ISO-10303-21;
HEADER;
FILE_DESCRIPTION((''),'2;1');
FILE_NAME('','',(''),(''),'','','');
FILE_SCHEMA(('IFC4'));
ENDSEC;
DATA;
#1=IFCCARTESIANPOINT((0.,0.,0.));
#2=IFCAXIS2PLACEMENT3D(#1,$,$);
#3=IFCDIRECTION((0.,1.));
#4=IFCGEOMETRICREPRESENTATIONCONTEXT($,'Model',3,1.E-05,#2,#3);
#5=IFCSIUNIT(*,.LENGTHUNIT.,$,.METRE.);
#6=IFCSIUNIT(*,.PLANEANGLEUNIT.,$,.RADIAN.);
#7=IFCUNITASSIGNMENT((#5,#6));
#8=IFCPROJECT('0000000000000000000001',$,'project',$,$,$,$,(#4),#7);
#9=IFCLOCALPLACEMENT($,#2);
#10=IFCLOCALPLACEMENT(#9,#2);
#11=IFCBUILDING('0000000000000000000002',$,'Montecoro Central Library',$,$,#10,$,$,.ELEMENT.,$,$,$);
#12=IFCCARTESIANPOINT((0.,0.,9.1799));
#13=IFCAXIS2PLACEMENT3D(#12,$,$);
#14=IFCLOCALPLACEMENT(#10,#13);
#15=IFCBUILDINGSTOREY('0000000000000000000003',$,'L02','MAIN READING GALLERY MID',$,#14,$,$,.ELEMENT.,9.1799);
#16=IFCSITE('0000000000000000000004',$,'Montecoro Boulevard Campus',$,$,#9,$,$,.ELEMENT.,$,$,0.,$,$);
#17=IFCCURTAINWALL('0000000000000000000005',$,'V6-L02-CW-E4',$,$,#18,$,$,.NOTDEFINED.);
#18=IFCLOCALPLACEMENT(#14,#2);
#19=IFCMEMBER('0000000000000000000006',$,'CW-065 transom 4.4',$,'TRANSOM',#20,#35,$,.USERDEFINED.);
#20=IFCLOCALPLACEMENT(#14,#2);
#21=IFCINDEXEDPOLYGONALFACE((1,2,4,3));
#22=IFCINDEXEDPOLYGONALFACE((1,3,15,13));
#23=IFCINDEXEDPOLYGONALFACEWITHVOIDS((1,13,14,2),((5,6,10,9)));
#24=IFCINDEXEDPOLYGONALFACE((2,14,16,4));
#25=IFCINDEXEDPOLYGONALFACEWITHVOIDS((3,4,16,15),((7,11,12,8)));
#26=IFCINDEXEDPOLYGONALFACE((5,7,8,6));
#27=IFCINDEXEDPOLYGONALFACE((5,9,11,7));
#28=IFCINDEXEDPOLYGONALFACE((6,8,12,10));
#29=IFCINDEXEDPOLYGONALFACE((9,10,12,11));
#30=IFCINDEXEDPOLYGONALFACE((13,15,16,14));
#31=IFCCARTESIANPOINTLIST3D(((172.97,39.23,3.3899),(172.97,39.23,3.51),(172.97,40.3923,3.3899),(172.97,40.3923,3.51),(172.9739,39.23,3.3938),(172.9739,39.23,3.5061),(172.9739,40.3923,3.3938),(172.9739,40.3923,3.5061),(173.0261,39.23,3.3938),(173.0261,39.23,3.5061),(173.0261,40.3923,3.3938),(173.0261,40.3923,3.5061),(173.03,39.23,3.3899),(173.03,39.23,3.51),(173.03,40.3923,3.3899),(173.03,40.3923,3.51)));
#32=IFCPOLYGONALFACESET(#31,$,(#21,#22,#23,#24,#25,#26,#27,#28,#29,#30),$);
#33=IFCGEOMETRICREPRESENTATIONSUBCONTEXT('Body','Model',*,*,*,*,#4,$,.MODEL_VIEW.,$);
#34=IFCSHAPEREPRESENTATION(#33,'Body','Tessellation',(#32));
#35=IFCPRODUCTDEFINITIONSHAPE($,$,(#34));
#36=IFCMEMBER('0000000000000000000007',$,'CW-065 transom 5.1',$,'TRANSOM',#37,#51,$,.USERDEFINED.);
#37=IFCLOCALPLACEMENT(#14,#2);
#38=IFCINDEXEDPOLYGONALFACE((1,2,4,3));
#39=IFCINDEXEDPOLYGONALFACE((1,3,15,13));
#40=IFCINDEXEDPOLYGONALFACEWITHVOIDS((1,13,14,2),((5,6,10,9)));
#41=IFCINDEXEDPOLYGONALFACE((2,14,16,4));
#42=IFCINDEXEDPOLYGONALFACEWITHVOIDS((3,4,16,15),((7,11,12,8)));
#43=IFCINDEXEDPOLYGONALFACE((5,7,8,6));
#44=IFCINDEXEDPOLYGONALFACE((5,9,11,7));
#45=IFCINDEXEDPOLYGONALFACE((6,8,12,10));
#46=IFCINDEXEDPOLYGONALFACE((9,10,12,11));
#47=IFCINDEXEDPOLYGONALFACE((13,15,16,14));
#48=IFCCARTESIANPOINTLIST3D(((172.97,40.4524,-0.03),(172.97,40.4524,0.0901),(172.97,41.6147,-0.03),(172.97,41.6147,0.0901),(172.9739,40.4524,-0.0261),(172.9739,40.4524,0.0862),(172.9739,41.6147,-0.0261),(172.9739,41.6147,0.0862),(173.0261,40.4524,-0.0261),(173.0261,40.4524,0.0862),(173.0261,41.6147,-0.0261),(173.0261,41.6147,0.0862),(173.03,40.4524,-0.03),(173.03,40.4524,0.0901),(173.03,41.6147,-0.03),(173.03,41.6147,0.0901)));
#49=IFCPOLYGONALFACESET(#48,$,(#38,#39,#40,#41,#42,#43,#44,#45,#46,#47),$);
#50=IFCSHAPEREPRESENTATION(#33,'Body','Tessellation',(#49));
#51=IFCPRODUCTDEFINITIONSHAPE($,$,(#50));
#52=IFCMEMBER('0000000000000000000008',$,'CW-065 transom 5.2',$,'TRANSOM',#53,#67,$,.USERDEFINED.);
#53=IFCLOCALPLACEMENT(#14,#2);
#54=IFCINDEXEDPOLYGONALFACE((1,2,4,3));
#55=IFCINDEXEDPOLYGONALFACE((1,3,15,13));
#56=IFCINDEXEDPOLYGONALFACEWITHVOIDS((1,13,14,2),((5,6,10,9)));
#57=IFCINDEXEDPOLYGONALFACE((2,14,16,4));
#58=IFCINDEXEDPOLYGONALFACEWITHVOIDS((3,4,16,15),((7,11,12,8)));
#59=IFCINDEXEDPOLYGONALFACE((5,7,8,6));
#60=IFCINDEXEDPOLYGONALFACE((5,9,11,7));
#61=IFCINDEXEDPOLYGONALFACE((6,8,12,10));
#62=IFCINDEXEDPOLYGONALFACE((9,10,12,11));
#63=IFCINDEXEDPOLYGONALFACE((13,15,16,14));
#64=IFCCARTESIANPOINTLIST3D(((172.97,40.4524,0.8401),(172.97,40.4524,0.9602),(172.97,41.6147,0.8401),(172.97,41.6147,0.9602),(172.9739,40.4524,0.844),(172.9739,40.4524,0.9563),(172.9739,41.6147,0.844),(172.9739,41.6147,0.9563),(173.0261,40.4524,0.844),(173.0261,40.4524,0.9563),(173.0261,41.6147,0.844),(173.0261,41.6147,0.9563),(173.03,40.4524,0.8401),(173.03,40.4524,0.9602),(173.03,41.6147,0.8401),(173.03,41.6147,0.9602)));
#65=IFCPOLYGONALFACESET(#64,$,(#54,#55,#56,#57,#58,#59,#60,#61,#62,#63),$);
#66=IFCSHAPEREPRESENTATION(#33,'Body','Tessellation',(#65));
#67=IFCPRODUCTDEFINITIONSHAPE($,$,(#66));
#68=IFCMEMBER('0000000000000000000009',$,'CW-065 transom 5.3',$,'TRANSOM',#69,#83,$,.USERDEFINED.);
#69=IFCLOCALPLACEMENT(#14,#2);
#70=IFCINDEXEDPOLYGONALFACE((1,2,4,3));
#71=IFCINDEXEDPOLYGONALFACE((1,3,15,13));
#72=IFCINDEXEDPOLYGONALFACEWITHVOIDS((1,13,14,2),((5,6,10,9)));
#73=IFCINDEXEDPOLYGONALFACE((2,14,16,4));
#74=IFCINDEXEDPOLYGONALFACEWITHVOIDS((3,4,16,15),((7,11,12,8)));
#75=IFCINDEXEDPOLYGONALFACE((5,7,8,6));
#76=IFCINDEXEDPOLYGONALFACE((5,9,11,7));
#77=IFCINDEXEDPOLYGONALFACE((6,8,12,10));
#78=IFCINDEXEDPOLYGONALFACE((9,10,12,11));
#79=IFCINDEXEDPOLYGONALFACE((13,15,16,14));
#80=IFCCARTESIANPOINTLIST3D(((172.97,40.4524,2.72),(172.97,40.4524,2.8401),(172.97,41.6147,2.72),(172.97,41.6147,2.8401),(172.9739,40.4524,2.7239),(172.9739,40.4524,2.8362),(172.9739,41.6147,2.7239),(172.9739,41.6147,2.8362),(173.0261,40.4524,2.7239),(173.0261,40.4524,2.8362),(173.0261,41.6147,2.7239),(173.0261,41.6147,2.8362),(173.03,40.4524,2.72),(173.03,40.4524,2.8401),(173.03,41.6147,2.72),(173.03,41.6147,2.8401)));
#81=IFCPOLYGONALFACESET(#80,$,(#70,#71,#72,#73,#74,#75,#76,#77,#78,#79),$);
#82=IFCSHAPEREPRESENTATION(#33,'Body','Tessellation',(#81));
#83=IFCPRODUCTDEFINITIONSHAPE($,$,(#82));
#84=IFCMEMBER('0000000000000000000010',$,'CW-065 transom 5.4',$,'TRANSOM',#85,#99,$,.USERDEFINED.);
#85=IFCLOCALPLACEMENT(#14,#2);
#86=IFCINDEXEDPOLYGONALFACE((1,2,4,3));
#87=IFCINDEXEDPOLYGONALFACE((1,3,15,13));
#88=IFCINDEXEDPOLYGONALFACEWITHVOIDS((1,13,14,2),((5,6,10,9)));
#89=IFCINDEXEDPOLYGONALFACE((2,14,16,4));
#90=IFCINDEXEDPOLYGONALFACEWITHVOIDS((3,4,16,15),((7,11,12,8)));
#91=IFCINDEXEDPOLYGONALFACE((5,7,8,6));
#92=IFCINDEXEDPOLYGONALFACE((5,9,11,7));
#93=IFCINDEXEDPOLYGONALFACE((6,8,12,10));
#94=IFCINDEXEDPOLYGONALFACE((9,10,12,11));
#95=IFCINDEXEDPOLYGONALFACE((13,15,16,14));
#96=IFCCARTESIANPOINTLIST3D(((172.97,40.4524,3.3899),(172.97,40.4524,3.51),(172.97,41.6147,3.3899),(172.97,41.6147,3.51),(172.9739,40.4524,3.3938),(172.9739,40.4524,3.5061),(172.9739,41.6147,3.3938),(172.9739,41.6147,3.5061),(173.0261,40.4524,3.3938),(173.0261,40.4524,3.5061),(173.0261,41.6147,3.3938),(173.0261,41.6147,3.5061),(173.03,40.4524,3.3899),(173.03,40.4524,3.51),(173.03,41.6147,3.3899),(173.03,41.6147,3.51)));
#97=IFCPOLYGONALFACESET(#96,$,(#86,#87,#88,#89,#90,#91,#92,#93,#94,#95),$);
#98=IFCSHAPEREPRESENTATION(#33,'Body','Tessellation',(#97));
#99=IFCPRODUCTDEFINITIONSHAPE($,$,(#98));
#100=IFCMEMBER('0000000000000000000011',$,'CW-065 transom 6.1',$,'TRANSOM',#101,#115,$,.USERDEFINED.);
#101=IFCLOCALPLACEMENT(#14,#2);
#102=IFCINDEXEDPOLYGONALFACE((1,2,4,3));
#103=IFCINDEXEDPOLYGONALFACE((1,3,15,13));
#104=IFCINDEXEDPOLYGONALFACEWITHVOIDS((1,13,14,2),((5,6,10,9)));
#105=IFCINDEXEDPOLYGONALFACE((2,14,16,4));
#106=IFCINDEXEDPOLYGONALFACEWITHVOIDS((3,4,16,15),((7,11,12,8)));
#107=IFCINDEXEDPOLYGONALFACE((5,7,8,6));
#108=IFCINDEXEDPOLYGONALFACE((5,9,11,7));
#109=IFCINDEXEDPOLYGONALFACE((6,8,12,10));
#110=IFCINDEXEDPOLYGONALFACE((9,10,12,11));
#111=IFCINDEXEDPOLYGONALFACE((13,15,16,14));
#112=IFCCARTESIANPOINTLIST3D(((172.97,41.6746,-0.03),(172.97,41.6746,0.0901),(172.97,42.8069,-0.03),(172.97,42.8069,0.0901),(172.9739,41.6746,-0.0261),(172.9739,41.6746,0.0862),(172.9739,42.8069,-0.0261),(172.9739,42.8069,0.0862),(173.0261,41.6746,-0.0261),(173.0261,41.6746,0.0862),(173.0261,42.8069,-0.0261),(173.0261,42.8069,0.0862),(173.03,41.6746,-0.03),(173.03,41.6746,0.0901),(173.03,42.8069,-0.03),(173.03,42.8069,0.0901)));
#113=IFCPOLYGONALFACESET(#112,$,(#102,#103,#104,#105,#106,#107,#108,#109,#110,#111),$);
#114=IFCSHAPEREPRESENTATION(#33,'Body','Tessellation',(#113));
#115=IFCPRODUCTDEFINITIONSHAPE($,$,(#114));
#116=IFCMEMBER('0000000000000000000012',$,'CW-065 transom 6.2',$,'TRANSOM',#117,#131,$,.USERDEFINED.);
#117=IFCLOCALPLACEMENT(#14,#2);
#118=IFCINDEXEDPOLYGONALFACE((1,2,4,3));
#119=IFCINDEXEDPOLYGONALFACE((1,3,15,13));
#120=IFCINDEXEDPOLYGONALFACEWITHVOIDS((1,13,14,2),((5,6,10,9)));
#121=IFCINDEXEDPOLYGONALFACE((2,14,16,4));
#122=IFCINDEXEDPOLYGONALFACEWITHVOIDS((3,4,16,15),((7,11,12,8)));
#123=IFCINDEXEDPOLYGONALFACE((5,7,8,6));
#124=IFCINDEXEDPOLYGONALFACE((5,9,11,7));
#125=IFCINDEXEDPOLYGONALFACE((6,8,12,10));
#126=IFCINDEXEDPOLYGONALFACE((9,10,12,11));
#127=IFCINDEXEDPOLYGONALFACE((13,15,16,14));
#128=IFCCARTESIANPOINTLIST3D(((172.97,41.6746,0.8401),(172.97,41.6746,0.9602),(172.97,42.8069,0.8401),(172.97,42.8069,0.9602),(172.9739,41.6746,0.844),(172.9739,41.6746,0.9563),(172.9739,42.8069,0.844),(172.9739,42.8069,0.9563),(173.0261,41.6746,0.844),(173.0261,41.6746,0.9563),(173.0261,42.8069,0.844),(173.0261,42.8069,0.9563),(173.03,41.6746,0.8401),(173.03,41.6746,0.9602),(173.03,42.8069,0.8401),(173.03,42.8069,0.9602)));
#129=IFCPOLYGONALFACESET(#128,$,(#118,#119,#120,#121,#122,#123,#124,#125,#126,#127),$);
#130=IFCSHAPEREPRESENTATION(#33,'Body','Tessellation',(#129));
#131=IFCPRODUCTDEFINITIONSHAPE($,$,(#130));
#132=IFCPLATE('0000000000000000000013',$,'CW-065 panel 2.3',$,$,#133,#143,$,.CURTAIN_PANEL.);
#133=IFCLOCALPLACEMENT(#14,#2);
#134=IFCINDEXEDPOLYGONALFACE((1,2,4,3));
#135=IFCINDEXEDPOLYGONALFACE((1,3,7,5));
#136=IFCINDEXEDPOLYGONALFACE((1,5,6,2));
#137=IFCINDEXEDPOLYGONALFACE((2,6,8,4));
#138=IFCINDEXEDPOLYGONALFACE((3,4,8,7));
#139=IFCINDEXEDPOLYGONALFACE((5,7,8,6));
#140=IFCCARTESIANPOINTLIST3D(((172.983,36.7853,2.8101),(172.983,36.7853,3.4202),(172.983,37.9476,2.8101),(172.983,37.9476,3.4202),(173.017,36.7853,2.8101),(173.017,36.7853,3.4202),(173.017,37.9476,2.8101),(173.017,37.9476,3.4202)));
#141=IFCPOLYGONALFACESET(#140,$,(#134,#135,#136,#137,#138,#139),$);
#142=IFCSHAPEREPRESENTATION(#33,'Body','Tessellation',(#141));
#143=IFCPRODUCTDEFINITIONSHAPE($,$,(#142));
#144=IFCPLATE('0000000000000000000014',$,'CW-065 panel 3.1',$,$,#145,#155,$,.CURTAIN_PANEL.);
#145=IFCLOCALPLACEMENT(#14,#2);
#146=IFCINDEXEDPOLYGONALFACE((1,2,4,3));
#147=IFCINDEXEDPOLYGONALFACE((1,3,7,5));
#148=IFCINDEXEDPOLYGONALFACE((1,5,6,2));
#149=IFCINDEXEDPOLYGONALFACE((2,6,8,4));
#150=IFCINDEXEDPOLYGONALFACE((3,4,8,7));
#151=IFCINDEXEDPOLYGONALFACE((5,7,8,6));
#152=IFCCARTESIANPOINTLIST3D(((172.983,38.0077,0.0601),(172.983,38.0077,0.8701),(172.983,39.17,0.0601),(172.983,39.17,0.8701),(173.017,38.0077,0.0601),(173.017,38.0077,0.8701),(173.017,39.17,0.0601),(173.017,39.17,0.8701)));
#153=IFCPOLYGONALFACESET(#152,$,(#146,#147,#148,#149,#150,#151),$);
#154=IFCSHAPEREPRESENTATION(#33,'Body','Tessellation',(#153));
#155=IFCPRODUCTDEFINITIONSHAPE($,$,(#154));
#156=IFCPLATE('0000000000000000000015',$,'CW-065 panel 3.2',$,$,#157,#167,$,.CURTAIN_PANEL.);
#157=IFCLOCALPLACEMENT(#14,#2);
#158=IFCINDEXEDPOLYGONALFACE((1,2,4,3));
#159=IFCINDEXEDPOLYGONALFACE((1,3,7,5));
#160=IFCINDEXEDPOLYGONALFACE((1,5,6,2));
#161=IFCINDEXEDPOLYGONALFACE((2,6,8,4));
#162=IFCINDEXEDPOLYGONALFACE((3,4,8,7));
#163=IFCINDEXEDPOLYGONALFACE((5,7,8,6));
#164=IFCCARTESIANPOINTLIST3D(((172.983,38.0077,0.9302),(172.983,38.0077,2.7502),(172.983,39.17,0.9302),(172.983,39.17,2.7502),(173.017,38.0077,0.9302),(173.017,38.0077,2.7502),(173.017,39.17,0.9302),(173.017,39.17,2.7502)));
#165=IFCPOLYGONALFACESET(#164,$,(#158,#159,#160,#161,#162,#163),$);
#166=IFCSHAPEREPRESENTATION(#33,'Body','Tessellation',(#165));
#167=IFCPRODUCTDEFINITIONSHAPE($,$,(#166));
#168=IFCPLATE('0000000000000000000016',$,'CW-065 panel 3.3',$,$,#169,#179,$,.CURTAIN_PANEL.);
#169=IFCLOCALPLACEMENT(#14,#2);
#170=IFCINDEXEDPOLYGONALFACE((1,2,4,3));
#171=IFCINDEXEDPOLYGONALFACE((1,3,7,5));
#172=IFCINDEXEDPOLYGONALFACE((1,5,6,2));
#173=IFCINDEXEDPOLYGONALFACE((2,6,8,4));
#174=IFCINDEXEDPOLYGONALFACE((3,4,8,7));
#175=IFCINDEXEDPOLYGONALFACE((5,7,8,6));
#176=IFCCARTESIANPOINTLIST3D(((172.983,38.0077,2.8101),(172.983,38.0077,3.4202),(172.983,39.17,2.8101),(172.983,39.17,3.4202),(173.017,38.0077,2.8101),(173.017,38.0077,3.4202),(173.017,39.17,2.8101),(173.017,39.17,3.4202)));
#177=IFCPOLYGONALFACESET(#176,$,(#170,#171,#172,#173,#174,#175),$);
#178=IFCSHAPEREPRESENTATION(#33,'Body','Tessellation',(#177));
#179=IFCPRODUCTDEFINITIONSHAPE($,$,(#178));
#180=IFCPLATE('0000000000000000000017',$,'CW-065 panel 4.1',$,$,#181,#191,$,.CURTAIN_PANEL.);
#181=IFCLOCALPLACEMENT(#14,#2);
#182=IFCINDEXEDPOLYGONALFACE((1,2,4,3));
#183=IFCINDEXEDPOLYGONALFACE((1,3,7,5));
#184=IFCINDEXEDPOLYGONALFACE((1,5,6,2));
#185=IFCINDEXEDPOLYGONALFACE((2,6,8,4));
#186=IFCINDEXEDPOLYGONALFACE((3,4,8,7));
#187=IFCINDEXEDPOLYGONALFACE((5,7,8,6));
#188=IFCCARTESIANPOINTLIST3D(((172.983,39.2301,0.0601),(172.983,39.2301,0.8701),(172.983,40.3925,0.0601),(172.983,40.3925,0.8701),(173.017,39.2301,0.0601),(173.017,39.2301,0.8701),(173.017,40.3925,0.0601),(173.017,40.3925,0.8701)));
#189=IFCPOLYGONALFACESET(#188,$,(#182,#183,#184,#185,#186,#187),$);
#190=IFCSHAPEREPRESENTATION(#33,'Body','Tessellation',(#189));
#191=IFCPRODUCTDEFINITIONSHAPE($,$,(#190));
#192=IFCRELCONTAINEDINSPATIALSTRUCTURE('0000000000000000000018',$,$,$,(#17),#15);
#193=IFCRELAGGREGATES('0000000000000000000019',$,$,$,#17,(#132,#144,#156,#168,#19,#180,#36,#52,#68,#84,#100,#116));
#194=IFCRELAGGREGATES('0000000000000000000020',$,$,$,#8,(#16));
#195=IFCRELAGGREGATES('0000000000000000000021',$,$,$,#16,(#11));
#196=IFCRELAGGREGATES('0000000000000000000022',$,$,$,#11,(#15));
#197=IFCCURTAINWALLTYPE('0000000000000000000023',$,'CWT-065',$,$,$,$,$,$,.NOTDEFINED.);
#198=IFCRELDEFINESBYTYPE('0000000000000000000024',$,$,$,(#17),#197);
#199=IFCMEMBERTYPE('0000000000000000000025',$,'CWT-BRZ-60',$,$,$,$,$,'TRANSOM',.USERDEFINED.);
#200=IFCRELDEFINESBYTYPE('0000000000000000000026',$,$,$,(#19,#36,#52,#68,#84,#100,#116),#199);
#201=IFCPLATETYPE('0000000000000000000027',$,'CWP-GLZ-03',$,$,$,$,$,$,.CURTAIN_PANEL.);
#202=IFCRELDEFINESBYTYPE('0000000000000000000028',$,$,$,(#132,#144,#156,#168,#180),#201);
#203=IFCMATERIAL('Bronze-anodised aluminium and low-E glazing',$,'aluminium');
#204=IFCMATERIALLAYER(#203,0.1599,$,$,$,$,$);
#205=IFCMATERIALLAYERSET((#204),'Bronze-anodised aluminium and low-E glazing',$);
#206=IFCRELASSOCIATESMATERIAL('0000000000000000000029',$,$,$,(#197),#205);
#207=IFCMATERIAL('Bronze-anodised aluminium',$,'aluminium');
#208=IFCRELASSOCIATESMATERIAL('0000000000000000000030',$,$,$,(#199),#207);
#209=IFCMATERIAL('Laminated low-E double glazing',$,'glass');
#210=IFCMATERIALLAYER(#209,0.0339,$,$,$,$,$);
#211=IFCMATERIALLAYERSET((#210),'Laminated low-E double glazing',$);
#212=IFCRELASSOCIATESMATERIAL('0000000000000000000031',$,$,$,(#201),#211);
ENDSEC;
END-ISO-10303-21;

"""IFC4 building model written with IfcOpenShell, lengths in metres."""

from ifc_helpers import new_model, si_unit, direction, frame, origin, origin_2d, place, context, subcontext, project, spatial, rectangle, hollow_rectangle, extrude, material, layer, layer_set, material_profile, profile_set, type_object, element, aggregate, save


model = new_model("IFC4")

# Units and contexts
model_context = context("Model", 3, precision=1e-05, world=origin(), true_north=direction((0.0, 1.0)))
body_context = subcontext(model_context, "Body", "Model", "MODEL_VIEW")
ifc_project = project(units=[si_unit("LENGTHUNIT", "METRE"), si_unit("PLANEANGLEUNIT", "RADIAN")], contexts=[model_context])

# Site, building, storey
site_placement = place(None, origin())
site = spatial("IfcSite", under=ifc_project, at=site_placement, Name="Montecoro Boulevard Campus", CompositionType="ELEMENT", RefElevation=0.0)
building_placement = place(site_placement, origin())
building = spatial("IfcBuilding", under=site, at=building_placement, Name="Montecoro Central Library", CompositionType="ELEMENT")
storey_placement = place(building_placement, frame((0.0, 0.0, 9.1799)))
storey = spatial("IfcBuildingStorey", under=building, at=storey_placement, Name="L02", Description="MAIN READING GALLERY MID", CompositionType="ELEMENT", Elevation=9.1799)

# Curtain wall, members, plates
ifc_material_1 = material(Name="Bronze-anodised aluminium and low-E glazing", Category="aluminium")
ifc_layer_1 = layer(ifc_material_1, 0.1599)
ifc_layer_set_1 = layer_set([ifc_layer_1], Name="Bronze-anodised aluminium and low-E glazing")
curtain_wall_type = type_object("IfcCurtainWallType", Name="CWT-065", PredefinedType="NOTDEFINED", material=ifc_layer_set_1)
curtain_wall_placement = place(storey_placement, origin())
curtain_wall = element("IfcCurtainWall", 1, at=curtain_wall_placement, inside=storey, type_object=curtain_wall_type, Name="V6-L02-CW-E4", PredefinedType="NOTDEFINED")
ifc_material_2 = material(Name="Bronze-anodised aluminium", Category="aluminium")
ifc_material_profile_1 = material_profile(ifc_material_2, hollow_rectangle(XDim=0.0601, YDim=0.1201, WallThickness=0.0039, at=origin_2d()), Name="CWT 120x60x4.0")
ifc_profile_set_1 = profile_set([ifc_material_profile_1], Name="Bronze-anodised aluminium")
member_type_1 = type_object("IfcMemberType", Name="CWT-BRZ-60", ElementType="TRANSOM", PredefinedType="USERDEFINED", material=ifc_profile_set_1)
member_1_placement = place(storey_placement, frame((173.0, 39.23, 3.45), z_axis=(0.0, 1.0, 0.0), x_axis=(-1.0, 0.0, 0.0)))
member_1 = element("IfcMember", 2, at=member_1_placement, type_object=member_type_1, Name="CW-065 transom 4.4", ObjectType="TRANSOM", PredefinedType="USERDEFINED", context=body_context, shape_type="SweptSolid", body=[
    extrude(hollow_rectangle(XDim=0.0601, YDim=0.1201, WallThickness=0.0039, at=origin_2d()), origin(), (0.0, 0.0, 1.0), 1.1624),
])
member_2_placement = place(storey_placement, frame((173.0, 40.4524, 0.03), z_axis=(0.0, 1.0, 0.0), x_axis=(-1.0, 0.0, 0.0)))
member_2 = element("IfcMember", 3, at=member_2_placement, type_object=member_type_1, Name="CW-065 transom 5.1", ObjectType="TRANSOM", PredefinedType="USERDEFINED", context=body_context, shape_type="SweptSolid", body=[
    extrude(hollow_rectangle(XDim=0.0601, YDim=0.1201, WallThickness=0.0039, at=origin_2d()), origin(), (0.0, 0.0, 1.0), 1.1624),
])
member_3_placement = place(storey_placement, frame((173.0, 40.4524, 0.9001), z_axis=(0.0, 1.0, 0.0), x_axis=(-1.0, 0.0, 0.0)))
member_3 = element("IfcMember", 4, at=member_3_placement, type_object=member_type_1, Name="CW-065 transom 5.2", ObjectType="TRANSOM", PredefinedType="USERDEFINED", context=body_context, shape_type="SweptSolid", body=[
    extrude(hollow_rectangle(XDim=0.0601, YDim=0.1201, WallThickness=0.0039, at=origin_2d()), origin(), (0.0, 0.0, 1.0), 1.1624),
])
member_4_placement = place(storey_placement, frame((173.0, 40.4524, 2.78), z_axis=(0.0, 1.0, 0.0), x_axis=(-1.0, 0.0, 0.0)))
member_4 = element("IfcMember", 5, at=member_4_placement, type_object=member_type_1, Name="CW-065 transom 5.3", ObjectType="TRANSOM", PredefinedType="USERDEFINED", context=body_context, shape_type="SweptSolid", body=[
    extrude(hollow_rectangle(XDim=0.0601, YDim=0.1201, WallThickness=0.0039, at=origin_2d()), origin(), (0.0, 0.0, 1.0), 1.1624),
])
member_5_placement = place(storey_placement, frame((173.0, 40.4524, 3.45), z_axis=(0.0, 1.0, 0.0), x_axis=(-1.0, 0.0, 0.0)))
member_5 = element("IfcMember", 6, at=member_5_placement, type_object=member_type_1, Name="CW-065 transom 5.4", ObjectType="TRANSOM", PredefinedType="USERDEFINED", context=body_context, shape_type="SweptSolid", body=[
    extrude(hollow_rectangle(XDim=0.0601, YDim=0.1201, WallThickness=0.0039, at=origin_2d()), origin(), (0.0, 0.0, 1.0), 1.1624),
])
member_6_placement = place(storey_placement, frame((173.0, 41.6746, 0.03), z_axis=(0.0, 1.0, 0.0), x_axis=(-1.0, 0.0, 0.0)))
member_6 = element("IfcMember", 7, at=member_6_placement, type_object=member_type_1, Name="CW-065 transom 6.1", ObjectType="TRANSOM", PredefinedType="USERDEFINED", context=body_context, shape_type="SweptSolid", body=[
    extrude(hollow_rectangle(XDim=0.0601, YDim=0.1201, WallThickness=0.0039, at=origin_2d()), origin(), (0.0, 0.0, 1.0), 1.1323),
])
member_7_placement = place(storey_placement, frame((173.0, 41.6746, 0.9001), z_axis=(0.0, 1.0, 0.0), x_axis=(-1.0, 0.0, 0.0)))
member_7 = element("IfcMember", 8, at=member_7_placement, type_object=member_type_1, Name="CW-065 transom 6.2", ObjectType="TRANSOM", PredefinedType="USERDEFINED", context=body_context, shape_type="SweptSolid", body=[
    extrude(hollow_rectangle(XDim=0.0601, YDim=0.1201, WallThickness=0.0039, at=origin_2d()), origin(), (0.0, 0.0, 1.0), 1.1323),
])
ifc_material_3 = material(Name="Laminated low-E double glazing", Category="glass")
ifc_layer_2 = layer(ifc_material_3, 0.0339)
ifc_layer_set_2 = layer_set([ifc_layer_2], Name="Laminated low-E double glazing")
plate_type = type_object("IfcPlateType", Name="CWP-GLZ-03", PredefinedType="CURTAIN_PANEL", material=ifc_layer_set_2)
plate_1_placement = place(storey_placement, frame((173.0, 37.3665, 2.8101), z_axis=(0.0, 0.0, 1.0), x_axis=(0.0, 1.0, 0.0)))
plate_1 = element("IfcPlate", 9, at=plate_1_placement, type_object=plate_type, Name="CW-065 panel 2.3", PredefinedType="CURTAIN_PANEL", context=body_context, shape_type="SweptSolid", body=[
    extrude(rectangle(XDim=1.1624, YDim=0.0339, at=origin_2d()), origin(), (0.0, 0.0, 1.0), 0.6101),
])
plate_2_placement = place(storey_placement, frame((173.0, 38.5889, 0.0601), z_axis=(0.0, 0.0, 1.0), x_axis=(0.0, 1.0, 0.0)))
plate_2 = element("IfcPlate", 10, at=plate_2_placement, type_object=plate_type, Name="CW-065 panel 3.1", PredefinedType="CURTAIN_PANEL", context=body_context, shape_type="SweptSolid", body=[
    extrude(rectangle(XDim=1.1624, YDim=0.0339, at=origin_2d()), origin(), (0.0, 0.0, 1.0), 0.8101),
])
plate_3_placement = place(storey_placement, frame((173.0, 38.5889, 0.9302), z_axis=(0.0, 0.0, 1.0), x_axis=(0.0, 1.0, 0.0)))
plate_3 = element("IfcPlate", 11, at=plate_3_placement, type_object=plate_type, Name="CW-065 panel 3.2", PredefinedType="CURTAIN_PANEL", context=body_context, shape_type="SweptSolid", body=[
    extrude(rectangle(XDim=1.1624, YDim=0.0339, at=origin_2d()), origin(), (0.0, 0.0, 1.0), 1.8201),
])
plate_4_placement = place(storey_placement, frame((173.0, 38.5889, 2.8101), z_axis=(0.0, 0.0, 1.0), x_axis=(0.0, 1.0, 0.0)))
plate_4 = element("IfcPlate", 12, at=plate_4_placement, type_object=plate_type, Name="CW-065 panel 3.3", PredefinedType="CURTAIN_PANEL", context=body_context, shape_type="SweptSolid", body=[
    extrude(rectangle(XDim=1.1624, YDim=0.0339, at=origin_2d()), origin(), (0.0, 0.0, 1.0), 0.6101),
])
plate_5_placement = place(storey_placement, frame((173.0, 39.8113, 0.0601), z_axis=(0.0, 0.0, 1.0), x_axis=(0.0, 1.0, 0.0)))
plate_5 = element("IfcPlate", 13, at=plate_5_placement, type_object=plate_type, Name="CW-065 panel 4.1", PredefinedType="CURTAIN_PANEL", context=body_context, shape_type="SweptSolid", body=[
    extrude(rectangle(XDim=1.1624, YDim=0.0339, at=origin_2d()), origin(), (0.0, 0.0, 1.0), 0.8101),
])
aggregate(curtain_wall, [plate_1, plate_2, plate_3, plate_4, member_1, plate_5, member_2, member_3, member_4, member_5, member_6, member_7])

save(model, "model.ifc")
